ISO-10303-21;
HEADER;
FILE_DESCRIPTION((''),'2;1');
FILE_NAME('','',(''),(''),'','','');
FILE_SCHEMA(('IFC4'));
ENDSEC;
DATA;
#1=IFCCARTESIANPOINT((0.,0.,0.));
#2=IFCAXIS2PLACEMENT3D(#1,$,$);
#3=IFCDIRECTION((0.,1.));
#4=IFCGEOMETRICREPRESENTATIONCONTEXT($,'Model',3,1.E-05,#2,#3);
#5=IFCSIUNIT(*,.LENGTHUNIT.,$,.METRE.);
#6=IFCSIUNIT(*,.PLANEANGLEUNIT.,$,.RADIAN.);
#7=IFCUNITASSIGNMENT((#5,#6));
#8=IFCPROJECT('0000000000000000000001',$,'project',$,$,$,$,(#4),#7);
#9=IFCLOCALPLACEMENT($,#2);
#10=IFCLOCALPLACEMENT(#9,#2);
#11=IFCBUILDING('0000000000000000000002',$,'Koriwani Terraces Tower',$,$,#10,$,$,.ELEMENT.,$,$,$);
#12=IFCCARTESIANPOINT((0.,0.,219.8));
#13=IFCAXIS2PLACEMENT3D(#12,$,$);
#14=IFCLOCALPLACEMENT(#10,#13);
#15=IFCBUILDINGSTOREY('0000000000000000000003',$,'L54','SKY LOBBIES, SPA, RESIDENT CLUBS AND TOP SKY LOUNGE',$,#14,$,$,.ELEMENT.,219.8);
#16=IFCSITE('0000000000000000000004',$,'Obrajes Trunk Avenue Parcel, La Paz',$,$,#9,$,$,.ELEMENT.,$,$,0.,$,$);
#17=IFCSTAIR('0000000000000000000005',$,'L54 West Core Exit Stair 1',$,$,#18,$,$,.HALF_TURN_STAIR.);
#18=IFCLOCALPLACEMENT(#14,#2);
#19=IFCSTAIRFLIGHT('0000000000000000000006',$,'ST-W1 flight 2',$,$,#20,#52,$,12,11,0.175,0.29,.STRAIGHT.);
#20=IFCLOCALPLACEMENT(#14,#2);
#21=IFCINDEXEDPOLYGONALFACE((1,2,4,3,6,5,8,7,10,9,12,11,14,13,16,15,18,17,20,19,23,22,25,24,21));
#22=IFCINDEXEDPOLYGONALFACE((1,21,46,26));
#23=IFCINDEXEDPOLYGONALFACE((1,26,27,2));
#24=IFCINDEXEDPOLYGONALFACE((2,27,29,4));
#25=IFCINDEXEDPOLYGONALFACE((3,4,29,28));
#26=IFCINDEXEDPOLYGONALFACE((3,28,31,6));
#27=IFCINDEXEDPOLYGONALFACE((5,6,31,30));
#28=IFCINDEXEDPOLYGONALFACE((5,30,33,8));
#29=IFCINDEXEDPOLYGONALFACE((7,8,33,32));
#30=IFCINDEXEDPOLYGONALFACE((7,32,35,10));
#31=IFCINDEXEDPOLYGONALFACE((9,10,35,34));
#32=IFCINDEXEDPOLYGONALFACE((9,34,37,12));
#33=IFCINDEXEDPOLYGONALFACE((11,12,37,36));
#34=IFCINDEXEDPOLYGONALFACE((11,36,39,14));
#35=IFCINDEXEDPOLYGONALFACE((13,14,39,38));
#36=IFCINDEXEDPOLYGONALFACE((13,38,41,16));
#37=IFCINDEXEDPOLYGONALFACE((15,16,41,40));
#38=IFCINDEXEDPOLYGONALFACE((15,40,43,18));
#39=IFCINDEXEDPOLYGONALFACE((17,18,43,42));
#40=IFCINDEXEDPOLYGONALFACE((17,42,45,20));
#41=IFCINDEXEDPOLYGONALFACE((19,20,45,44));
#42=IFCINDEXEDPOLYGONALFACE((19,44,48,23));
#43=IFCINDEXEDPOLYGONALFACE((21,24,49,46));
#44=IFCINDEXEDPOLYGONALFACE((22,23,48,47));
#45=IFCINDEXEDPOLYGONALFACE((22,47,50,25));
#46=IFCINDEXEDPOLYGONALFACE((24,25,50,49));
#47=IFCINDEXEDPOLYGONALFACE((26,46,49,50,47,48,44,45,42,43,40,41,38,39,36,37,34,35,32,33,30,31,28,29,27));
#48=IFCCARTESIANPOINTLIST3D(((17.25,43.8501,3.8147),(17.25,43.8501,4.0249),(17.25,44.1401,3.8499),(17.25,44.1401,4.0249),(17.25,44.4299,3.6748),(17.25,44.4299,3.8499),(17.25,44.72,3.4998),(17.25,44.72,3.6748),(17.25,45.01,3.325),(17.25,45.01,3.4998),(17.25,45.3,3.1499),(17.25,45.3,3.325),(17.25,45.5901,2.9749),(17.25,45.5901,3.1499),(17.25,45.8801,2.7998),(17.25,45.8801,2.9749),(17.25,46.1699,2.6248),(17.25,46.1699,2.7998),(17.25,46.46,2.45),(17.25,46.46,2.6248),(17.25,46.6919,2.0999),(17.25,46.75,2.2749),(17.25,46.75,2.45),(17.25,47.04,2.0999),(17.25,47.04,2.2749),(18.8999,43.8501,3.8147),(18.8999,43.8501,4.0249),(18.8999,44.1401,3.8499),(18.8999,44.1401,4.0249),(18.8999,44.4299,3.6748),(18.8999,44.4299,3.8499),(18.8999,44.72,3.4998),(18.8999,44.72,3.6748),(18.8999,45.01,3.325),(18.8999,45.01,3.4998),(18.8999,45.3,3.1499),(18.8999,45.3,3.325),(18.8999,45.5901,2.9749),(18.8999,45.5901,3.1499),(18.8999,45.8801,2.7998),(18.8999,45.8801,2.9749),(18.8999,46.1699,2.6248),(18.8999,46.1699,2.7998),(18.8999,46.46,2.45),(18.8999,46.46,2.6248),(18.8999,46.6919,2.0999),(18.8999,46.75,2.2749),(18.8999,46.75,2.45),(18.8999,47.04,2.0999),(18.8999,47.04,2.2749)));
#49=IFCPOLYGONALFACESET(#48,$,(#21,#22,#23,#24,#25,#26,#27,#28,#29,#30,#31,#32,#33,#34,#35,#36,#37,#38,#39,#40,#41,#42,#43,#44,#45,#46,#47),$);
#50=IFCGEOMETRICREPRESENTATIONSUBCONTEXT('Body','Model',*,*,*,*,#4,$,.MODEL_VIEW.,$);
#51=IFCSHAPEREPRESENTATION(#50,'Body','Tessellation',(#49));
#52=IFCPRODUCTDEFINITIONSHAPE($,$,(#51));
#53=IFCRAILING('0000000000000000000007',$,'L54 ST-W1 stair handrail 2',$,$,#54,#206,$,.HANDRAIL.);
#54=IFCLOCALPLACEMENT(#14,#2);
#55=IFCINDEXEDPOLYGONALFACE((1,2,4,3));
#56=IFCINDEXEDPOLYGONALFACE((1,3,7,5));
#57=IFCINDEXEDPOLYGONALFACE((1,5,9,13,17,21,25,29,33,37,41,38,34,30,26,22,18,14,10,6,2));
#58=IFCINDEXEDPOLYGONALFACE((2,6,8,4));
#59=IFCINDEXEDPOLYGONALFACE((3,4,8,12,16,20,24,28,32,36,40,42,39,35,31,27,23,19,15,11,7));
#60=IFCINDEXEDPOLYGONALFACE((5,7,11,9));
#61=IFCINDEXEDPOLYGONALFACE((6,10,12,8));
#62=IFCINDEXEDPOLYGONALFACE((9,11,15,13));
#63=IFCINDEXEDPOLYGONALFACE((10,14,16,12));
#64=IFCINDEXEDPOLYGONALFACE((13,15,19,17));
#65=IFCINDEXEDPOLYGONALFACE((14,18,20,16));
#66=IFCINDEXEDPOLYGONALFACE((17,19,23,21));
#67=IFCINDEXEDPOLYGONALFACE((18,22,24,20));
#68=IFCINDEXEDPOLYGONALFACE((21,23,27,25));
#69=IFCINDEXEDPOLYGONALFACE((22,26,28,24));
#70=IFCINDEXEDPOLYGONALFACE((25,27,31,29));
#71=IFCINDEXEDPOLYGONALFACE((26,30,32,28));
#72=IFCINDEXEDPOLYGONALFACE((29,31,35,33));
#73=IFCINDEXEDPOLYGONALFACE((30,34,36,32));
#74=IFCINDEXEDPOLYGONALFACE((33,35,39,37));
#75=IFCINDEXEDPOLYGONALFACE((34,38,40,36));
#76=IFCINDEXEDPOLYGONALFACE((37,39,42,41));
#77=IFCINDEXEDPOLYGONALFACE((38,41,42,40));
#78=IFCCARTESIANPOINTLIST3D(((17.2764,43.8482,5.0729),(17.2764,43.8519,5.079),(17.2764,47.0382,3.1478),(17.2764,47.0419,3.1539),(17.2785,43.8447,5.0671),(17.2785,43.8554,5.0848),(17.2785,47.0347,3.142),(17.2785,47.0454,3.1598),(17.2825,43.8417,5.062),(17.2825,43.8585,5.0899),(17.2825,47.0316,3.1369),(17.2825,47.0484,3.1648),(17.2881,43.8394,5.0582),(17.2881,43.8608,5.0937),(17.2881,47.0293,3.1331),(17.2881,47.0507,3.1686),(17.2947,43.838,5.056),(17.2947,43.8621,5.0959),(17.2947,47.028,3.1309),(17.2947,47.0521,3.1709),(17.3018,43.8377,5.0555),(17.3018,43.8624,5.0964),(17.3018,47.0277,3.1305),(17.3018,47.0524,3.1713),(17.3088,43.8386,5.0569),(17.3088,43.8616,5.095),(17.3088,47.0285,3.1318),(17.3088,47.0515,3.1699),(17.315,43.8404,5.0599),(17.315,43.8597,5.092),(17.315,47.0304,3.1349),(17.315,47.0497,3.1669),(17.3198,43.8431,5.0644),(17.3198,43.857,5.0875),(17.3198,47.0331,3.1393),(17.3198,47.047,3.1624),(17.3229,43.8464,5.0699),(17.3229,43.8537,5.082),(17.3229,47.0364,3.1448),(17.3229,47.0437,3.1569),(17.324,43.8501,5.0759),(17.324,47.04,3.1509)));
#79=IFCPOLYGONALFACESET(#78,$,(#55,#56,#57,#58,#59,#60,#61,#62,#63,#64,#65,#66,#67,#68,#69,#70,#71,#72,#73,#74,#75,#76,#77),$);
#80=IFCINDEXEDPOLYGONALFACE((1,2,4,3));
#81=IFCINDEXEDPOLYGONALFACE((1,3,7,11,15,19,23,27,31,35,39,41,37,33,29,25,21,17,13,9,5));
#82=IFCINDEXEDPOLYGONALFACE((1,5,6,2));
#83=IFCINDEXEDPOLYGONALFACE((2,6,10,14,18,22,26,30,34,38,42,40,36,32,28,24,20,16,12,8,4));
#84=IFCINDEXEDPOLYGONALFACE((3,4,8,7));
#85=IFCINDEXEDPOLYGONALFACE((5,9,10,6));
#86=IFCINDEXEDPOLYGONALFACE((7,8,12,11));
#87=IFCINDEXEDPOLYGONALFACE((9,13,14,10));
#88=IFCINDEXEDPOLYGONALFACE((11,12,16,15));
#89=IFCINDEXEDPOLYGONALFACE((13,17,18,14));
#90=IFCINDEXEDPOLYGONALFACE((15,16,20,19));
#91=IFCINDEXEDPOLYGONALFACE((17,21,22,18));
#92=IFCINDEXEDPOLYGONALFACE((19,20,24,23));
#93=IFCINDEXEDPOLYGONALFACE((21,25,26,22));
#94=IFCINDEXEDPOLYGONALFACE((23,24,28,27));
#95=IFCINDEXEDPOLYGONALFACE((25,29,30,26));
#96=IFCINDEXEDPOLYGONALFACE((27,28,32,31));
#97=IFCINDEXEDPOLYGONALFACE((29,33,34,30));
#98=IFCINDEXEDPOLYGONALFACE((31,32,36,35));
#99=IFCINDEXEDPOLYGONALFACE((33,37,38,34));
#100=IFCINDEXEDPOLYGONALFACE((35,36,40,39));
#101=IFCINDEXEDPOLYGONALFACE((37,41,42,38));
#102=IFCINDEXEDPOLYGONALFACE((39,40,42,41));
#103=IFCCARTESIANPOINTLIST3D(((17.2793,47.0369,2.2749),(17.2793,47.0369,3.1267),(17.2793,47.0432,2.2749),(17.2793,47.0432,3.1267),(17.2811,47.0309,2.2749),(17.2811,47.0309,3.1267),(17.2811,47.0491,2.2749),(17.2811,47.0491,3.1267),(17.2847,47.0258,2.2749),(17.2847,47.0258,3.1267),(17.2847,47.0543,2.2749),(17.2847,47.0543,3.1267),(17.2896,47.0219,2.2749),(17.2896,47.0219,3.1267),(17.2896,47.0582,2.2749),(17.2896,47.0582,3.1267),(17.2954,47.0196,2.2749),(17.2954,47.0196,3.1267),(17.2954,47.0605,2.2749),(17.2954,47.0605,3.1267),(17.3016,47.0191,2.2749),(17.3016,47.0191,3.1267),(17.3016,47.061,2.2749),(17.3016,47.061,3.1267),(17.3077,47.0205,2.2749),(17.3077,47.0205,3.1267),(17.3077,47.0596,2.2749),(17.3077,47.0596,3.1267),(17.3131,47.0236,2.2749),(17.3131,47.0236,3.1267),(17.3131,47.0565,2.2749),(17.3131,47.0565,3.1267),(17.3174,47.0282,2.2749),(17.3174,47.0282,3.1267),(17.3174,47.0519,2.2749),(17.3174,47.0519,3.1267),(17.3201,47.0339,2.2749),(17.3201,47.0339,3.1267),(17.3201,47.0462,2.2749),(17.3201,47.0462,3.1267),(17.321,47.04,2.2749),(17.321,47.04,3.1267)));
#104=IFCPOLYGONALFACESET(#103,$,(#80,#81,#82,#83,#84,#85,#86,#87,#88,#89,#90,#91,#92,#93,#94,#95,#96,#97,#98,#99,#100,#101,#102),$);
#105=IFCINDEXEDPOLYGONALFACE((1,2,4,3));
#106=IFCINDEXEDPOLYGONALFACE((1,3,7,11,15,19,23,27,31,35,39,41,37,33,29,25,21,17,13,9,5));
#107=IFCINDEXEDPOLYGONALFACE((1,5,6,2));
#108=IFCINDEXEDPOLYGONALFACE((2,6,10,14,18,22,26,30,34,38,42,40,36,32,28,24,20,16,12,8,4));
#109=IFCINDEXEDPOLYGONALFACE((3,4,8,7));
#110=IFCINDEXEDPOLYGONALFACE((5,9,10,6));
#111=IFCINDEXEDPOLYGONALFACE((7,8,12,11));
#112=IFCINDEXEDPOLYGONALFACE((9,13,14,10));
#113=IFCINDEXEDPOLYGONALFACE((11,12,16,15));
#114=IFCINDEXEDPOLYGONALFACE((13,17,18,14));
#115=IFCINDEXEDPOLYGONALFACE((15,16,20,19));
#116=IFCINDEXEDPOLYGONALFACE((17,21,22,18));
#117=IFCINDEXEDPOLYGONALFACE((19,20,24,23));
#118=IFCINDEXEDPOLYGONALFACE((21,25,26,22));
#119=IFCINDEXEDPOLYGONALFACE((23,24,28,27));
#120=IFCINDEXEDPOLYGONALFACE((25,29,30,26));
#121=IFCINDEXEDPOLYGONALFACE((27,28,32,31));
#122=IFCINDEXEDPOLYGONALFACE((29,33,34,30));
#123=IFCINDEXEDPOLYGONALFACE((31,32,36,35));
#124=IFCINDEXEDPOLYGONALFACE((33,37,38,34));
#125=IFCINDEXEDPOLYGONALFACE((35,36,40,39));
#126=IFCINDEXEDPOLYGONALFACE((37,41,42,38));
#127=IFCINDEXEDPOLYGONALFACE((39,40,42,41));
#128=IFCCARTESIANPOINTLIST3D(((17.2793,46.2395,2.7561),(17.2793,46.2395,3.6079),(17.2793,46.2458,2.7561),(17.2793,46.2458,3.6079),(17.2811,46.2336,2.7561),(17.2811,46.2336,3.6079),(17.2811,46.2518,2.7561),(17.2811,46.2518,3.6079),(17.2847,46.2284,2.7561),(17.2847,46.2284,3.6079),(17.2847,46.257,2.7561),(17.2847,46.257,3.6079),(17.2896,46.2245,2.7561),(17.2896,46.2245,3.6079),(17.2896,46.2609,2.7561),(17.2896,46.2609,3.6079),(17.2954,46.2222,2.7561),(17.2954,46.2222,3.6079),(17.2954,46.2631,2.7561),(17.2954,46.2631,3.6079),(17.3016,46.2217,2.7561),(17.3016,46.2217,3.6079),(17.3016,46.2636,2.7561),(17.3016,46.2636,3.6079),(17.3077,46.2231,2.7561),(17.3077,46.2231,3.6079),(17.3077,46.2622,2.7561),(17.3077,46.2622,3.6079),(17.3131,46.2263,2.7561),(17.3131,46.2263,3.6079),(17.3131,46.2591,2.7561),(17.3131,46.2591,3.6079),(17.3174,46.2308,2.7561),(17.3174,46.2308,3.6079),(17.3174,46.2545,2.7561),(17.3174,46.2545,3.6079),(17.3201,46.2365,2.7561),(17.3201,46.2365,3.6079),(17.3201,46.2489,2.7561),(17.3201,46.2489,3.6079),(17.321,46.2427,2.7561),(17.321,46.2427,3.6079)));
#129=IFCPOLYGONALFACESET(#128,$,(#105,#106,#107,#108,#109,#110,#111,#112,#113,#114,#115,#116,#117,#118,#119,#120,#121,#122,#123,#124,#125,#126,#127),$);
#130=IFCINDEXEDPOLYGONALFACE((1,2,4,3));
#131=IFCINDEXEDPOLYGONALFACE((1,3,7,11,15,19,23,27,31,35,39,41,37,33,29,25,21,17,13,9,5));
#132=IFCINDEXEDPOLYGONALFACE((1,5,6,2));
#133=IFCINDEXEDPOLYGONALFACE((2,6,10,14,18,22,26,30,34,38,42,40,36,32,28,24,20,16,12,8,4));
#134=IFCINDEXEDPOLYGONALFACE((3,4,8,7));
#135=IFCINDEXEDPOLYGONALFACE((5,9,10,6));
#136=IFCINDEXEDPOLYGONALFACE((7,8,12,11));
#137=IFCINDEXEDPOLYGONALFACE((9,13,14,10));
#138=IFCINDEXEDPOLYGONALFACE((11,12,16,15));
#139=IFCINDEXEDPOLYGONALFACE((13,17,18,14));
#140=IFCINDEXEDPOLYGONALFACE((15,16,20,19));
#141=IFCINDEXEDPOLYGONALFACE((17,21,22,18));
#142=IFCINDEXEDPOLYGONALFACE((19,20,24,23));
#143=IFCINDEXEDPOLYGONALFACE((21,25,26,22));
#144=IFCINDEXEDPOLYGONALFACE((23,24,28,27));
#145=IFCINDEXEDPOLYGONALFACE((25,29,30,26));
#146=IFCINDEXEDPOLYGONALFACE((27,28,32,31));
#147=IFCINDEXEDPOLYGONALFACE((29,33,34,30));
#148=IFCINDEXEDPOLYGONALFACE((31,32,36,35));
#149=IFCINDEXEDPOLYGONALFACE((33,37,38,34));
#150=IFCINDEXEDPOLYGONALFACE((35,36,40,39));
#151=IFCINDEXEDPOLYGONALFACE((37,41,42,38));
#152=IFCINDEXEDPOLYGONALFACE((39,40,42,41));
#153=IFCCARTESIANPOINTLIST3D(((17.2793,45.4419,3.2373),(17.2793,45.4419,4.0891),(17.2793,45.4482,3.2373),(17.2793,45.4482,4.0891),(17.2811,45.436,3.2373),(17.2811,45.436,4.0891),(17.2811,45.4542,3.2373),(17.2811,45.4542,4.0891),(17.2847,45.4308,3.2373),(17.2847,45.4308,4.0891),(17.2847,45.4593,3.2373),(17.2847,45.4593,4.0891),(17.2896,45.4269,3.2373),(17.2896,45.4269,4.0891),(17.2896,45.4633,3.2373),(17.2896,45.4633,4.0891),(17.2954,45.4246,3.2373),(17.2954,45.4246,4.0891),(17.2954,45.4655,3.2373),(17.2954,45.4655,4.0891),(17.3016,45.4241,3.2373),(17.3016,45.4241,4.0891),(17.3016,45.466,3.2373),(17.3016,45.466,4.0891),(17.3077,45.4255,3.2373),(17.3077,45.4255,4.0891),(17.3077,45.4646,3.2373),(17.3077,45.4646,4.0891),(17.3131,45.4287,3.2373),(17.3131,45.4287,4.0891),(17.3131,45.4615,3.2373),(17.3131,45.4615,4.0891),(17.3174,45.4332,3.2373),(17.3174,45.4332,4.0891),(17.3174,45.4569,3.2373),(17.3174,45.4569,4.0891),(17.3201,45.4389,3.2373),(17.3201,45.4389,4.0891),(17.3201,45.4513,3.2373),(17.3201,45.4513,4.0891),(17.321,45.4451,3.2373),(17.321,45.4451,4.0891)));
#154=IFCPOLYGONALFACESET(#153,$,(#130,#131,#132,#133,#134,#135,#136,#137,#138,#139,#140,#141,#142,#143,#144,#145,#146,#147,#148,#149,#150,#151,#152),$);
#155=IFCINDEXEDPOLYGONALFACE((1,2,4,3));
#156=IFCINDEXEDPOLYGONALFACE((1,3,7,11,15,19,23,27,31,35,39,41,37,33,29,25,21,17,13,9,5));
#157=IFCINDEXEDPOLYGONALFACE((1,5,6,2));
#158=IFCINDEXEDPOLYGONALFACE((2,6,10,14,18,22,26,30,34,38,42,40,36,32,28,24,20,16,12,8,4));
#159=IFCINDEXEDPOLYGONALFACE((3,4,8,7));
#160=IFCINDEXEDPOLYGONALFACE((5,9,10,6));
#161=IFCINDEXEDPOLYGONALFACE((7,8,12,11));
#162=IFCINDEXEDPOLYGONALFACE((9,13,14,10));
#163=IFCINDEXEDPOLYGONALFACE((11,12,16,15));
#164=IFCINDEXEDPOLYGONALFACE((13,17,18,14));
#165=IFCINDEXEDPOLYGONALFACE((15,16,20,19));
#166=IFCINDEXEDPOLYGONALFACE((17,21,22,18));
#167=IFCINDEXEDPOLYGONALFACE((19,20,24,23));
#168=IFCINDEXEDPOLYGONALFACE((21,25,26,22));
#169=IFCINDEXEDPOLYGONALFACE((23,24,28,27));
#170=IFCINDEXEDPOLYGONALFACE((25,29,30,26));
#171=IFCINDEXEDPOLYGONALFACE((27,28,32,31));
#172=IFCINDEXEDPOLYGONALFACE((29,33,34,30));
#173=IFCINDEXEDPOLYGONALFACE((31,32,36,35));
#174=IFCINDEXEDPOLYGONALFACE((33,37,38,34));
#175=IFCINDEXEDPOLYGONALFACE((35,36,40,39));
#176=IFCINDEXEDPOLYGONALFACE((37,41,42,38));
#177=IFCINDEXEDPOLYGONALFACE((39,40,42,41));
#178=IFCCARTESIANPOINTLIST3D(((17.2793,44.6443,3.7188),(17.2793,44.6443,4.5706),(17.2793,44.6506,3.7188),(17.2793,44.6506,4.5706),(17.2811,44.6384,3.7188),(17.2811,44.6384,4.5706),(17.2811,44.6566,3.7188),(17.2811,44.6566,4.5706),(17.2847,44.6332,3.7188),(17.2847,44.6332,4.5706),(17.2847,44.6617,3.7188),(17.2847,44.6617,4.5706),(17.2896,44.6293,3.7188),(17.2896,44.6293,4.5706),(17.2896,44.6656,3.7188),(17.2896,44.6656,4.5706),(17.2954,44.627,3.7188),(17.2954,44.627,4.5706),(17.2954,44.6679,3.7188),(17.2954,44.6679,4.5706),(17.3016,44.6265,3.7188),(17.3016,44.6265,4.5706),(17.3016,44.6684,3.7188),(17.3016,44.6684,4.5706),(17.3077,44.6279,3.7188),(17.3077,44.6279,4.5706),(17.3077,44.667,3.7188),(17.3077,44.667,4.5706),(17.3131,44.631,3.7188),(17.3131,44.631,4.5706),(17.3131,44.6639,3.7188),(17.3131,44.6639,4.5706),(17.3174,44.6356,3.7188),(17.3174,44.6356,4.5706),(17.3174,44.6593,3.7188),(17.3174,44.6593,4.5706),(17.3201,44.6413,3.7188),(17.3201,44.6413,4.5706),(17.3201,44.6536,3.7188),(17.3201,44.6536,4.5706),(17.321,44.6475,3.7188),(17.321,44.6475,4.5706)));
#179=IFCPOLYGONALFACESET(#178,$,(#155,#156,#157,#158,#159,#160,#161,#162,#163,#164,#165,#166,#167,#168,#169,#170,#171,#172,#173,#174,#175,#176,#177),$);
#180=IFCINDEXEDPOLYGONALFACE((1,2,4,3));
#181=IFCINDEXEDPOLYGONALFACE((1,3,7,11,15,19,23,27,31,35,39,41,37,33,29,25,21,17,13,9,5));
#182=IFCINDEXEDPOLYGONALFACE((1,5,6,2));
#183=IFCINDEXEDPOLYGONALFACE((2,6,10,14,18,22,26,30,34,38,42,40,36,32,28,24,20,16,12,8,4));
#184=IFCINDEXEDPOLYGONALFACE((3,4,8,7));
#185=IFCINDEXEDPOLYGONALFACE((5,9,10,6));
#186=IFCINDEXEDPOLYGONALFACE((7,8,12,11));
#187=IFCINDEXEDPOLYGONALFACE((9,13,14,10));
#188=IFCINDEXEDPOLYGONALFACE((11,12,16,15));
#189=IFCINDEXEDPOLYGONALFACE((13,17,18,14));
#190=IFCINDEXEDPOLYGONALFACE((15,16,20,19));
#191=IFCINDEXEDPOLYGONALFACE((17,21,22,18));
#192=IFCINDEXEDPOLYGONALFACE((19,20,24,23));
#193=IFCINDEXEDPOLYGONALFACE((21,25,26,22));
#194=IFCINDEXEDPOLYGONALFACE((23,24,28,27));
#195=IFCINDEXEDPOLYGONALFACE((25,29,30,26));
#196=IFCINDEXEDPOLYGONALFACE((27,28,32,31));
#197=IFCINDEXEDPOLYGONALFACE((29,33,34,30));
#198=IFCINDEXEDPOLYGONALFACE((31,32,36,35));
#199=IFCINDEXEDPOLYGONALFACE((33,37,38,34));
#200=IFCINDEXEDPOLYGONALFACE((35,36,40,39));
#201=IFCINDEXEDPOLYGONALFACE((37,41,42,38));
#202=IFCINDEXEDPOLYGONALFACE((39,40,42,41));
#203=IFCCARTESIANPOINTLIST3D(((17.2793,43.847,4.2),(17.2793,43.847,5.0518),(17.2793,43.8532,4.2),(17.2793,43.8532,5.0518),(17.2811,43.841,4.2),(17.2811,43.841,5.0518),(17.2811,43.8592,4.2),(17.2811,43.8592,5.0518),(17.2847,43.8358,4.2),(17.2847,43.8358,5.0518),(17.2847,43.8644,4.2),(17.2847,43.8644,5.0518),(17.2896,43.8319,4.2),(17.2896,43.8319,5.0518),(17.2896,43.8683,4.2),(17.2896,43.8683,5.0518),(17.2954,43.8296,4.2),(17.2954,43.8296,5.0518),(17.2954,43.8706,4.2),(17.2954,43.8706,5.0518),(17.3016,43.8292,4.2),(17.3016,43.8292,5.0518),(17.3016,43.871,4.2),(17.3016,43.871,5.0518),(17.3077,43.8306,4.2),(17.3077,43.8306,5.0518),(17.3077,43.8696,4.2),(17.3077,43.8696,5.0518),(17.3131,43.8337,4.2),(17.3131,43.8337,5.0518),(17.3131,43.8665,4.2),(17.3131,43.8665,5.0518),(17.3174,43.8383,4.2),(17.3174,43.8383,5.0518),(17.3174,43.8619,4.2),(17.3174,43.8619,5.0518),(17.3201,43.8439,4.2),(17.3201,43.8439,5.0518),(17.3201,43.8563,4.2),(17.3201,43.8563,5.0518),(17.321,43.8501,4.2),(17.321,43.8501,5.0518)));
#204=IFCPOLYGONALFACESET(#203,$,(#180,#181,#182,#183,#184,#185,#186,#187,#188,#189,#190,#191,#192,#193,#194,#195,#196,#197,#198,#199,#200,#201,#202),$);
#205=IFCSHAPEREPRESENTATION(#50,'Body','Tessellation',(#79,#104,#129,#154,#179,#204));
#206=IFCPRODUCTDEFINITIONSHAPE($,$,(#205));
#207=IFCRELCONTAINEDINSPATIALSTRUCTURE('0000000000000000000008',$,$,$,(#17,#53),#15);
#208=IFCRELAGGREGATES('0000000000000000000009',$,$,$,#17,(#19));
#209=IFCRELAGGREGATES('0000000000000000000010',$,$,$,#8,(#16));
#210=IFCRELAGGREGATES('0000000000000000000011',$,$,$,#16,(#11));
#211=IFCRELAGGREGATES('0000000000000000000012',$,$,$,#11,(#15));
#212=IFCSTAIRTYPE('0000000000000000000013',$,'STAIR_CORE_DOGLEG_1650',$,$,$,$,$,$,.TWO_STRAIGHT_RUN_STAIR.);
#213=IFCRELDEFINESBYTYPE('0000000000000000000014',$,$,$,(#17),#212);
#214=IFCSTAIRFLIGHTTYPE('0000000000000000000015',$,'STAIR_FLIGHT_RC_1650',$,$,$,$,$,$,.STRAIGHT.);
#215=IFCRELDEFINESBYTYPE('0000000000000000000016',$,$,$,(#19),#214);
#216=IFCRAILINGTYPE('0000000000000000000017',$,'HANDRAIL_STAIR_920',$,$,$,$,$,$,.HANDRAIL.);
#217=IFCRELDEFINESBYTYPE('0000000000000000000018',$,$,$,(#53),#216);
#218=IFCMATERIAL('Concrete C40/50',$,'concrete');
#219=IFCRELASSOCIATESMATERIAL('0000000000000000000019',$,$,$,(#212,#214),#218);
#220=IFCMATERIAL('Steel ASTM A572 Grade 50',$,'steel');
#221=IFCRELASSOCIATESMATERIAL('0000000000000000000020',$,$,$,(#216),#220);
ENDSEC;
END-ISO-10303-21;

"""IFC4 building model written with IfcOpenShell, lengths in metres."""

from ifc_helpers import new_model, si_unit, direction, frame, origin, origin_2d, place, context, subcontext, project, spatial, polyline, circle, outline, extrude, material, type_object, element, aggregate, save


model = new_model("IFC4")

# Units and contexts
model_context = context("Model", 3, precision=1e-05, world=origin(), true_north=direction((0.0, 1.0)))
body_context = subcontext(model_context, "Body", "Model", "MODEL_VIEW")
ifc_project = project(units=[si_unit("LENGTHUNIT", "METRE"), si_unit("PLANEANGLEUNIT", "RADIAN")], contexts=[model_context])

# Site, building, storey
site_placement = place(None, origin())
site = spatial("IfcSite", under=ifc_project, at=site_placement, Name="Obrajes Trunk Avenue Parcel, La Paz", CompositionType="ELEMENT", RefElevation=0.0)
building_placement = place(site_placement, origin())
building = spatial("IfcBuilding", under=site, at=building_placement, Name="Koriwani Terraces Tower", CompositionType="ELEMENT")
storey_placement = place(building_placement, frame((0.0, 0.0, 219.8)))
storey = spatial("IfcBuildingStorey", under=building, at=storey_placement, Name="L54", Description="SKY LOBBIES, SPA, RESIDENT CLUBS AND TOP SKY LOUNGE", CompositionType="ELEMENT", Elevation=219.8)

# Shared definitions
ifc_material_1 = material(Name="Concrete C40/50", Category="concrete")
ifc_material_2 = material(Name="Steel ASTM A572 Grade 50", Category="steel")

# Stair, stair flight
stair_type = type_object("IfcStairType", Name="STAIR_CORE_DOGLEG_1650", PredefinedType="TWO_STRAIGHT_RUN_STAIR", material=ifc_material_1)
stair_placement = place(storey_placement, origin())
stair = element("IfcStair", 1, at=stair_placement, inside=storey, type_object=stair_type, Name="L54 West Core Exit Stair 1", PredefinedType="HALF_TURN_STAIR")
stair_flight_type = type_object("IfcStairFlightType", Name="STAIR_FLIGHT_RC_1650", PredefinedType="STRAIGHT", material=ifc_material_1)
stair_flight_placement = place(storey_placement, frame((18.075, 47.04, 2.0999), z_axis=(0.0, 0.0, 1.0), x_axis=(0.0, -1.0, 0.0)))
stair_flight = element("IfcStairFlight", 2, at=stair_flight_placement, type_object=stair_flight_type, Name="ST-W1 flight 2", NumberOfRisers=12, NumberOfTreads=11, PredefinedType="STRAIGHT", RiserHeight=0.175, TreadLength=0.29, context=body_context, shape_type="SweptSolid", body=[
    extrude(outline(polyline([(0.0, 0.0), (0.0, 0.175), (0.29, 0.175), (0.29, 0.3501), (0.5801, 0.3501), (0.5801, 0.5249), (0.8701, 0.5249), (0.8701, 0.7), (1.1599, 0.7), (1.1599, 0.875), (1.45, 0.875), (1.45, 1.05), (1.74, 1.05), (1.74, 1.2251), (2.03, 1.2251), (2.03, 1.3999), (2.3201, 1.3999), (2.3201, 1.575), (2.6101, 1.575), (2.6101, 1.75), (2.8999, 1.75), (2.8999, 1.925), (3.1899, 1.925), (3.1899, 2.1001), (3.1899, 1.7148), (0.3481, 0.0), (0.0, 0.0)])), frame((0.0, 0.825, 0.0), z_axis=(0.0, -1.0, 0.0), x_axis=(1.0, 0.0, 0.0)), (0.0, 0.0, 1.0), 1.6499),
])
aggregate(stair, [stair_flight])

# Railing
railing_type_1 = type_object("IfcRailingType", Name="HANDRAIL_STAIR_920", PredefinedType="HANDRAIL", material=ifc_material_2)
railing_1_placement = place(storey_placement, frame((17.3, 47.04, 2.2749)))
element("IfcRailing", 3, at=railing_1_placement, inside=storey, type_object=railing_type_1, Name="L54 ST-W1 stair handrail 2", PredefinedType="HANDRAIL", context=body_context, shape_type="SweptSolid", body=[
    extrude(circle(Radius=0.0239, at=origin_2d()), frame((0.0, 0.0, 0.876), z_axis=(0.0, -0.856178, 0.516682), x_axis=(1.0, 0.0, 0.0)), (0.0, 0.0, 1.0), 3.7258),
    extrude(circle(Radius=0.021, at=origin_2d()), origin(), (0.0, 0.0, 1.0), 0.8518),
    extrude(circle(Radius=0.021, at=origin_2d()), frame((0.0, -0.7974, 0.4812)), (0.0, 0.0, 1.0), 0.8518),
    extrude(circle(Radius=0.021, at=origin_2d()), frame((0.0, -1.595, 0.9624)), (0.0, 0.0, 1.0), 0.8518),
    extrude(circle(Radius=0.021, at=origin_2d()), frame((0.0, -2.3926, 1.4438)), (0.0, 0.0, 1.0), 0.8518),
    extrude(circle(Radius=0.021, at=origin_2d()), frame((0.0, -3.1899, 1.925)), (0.0, 0.0, 1.0), 0.8518),
])

save(model, "model.ifc")
